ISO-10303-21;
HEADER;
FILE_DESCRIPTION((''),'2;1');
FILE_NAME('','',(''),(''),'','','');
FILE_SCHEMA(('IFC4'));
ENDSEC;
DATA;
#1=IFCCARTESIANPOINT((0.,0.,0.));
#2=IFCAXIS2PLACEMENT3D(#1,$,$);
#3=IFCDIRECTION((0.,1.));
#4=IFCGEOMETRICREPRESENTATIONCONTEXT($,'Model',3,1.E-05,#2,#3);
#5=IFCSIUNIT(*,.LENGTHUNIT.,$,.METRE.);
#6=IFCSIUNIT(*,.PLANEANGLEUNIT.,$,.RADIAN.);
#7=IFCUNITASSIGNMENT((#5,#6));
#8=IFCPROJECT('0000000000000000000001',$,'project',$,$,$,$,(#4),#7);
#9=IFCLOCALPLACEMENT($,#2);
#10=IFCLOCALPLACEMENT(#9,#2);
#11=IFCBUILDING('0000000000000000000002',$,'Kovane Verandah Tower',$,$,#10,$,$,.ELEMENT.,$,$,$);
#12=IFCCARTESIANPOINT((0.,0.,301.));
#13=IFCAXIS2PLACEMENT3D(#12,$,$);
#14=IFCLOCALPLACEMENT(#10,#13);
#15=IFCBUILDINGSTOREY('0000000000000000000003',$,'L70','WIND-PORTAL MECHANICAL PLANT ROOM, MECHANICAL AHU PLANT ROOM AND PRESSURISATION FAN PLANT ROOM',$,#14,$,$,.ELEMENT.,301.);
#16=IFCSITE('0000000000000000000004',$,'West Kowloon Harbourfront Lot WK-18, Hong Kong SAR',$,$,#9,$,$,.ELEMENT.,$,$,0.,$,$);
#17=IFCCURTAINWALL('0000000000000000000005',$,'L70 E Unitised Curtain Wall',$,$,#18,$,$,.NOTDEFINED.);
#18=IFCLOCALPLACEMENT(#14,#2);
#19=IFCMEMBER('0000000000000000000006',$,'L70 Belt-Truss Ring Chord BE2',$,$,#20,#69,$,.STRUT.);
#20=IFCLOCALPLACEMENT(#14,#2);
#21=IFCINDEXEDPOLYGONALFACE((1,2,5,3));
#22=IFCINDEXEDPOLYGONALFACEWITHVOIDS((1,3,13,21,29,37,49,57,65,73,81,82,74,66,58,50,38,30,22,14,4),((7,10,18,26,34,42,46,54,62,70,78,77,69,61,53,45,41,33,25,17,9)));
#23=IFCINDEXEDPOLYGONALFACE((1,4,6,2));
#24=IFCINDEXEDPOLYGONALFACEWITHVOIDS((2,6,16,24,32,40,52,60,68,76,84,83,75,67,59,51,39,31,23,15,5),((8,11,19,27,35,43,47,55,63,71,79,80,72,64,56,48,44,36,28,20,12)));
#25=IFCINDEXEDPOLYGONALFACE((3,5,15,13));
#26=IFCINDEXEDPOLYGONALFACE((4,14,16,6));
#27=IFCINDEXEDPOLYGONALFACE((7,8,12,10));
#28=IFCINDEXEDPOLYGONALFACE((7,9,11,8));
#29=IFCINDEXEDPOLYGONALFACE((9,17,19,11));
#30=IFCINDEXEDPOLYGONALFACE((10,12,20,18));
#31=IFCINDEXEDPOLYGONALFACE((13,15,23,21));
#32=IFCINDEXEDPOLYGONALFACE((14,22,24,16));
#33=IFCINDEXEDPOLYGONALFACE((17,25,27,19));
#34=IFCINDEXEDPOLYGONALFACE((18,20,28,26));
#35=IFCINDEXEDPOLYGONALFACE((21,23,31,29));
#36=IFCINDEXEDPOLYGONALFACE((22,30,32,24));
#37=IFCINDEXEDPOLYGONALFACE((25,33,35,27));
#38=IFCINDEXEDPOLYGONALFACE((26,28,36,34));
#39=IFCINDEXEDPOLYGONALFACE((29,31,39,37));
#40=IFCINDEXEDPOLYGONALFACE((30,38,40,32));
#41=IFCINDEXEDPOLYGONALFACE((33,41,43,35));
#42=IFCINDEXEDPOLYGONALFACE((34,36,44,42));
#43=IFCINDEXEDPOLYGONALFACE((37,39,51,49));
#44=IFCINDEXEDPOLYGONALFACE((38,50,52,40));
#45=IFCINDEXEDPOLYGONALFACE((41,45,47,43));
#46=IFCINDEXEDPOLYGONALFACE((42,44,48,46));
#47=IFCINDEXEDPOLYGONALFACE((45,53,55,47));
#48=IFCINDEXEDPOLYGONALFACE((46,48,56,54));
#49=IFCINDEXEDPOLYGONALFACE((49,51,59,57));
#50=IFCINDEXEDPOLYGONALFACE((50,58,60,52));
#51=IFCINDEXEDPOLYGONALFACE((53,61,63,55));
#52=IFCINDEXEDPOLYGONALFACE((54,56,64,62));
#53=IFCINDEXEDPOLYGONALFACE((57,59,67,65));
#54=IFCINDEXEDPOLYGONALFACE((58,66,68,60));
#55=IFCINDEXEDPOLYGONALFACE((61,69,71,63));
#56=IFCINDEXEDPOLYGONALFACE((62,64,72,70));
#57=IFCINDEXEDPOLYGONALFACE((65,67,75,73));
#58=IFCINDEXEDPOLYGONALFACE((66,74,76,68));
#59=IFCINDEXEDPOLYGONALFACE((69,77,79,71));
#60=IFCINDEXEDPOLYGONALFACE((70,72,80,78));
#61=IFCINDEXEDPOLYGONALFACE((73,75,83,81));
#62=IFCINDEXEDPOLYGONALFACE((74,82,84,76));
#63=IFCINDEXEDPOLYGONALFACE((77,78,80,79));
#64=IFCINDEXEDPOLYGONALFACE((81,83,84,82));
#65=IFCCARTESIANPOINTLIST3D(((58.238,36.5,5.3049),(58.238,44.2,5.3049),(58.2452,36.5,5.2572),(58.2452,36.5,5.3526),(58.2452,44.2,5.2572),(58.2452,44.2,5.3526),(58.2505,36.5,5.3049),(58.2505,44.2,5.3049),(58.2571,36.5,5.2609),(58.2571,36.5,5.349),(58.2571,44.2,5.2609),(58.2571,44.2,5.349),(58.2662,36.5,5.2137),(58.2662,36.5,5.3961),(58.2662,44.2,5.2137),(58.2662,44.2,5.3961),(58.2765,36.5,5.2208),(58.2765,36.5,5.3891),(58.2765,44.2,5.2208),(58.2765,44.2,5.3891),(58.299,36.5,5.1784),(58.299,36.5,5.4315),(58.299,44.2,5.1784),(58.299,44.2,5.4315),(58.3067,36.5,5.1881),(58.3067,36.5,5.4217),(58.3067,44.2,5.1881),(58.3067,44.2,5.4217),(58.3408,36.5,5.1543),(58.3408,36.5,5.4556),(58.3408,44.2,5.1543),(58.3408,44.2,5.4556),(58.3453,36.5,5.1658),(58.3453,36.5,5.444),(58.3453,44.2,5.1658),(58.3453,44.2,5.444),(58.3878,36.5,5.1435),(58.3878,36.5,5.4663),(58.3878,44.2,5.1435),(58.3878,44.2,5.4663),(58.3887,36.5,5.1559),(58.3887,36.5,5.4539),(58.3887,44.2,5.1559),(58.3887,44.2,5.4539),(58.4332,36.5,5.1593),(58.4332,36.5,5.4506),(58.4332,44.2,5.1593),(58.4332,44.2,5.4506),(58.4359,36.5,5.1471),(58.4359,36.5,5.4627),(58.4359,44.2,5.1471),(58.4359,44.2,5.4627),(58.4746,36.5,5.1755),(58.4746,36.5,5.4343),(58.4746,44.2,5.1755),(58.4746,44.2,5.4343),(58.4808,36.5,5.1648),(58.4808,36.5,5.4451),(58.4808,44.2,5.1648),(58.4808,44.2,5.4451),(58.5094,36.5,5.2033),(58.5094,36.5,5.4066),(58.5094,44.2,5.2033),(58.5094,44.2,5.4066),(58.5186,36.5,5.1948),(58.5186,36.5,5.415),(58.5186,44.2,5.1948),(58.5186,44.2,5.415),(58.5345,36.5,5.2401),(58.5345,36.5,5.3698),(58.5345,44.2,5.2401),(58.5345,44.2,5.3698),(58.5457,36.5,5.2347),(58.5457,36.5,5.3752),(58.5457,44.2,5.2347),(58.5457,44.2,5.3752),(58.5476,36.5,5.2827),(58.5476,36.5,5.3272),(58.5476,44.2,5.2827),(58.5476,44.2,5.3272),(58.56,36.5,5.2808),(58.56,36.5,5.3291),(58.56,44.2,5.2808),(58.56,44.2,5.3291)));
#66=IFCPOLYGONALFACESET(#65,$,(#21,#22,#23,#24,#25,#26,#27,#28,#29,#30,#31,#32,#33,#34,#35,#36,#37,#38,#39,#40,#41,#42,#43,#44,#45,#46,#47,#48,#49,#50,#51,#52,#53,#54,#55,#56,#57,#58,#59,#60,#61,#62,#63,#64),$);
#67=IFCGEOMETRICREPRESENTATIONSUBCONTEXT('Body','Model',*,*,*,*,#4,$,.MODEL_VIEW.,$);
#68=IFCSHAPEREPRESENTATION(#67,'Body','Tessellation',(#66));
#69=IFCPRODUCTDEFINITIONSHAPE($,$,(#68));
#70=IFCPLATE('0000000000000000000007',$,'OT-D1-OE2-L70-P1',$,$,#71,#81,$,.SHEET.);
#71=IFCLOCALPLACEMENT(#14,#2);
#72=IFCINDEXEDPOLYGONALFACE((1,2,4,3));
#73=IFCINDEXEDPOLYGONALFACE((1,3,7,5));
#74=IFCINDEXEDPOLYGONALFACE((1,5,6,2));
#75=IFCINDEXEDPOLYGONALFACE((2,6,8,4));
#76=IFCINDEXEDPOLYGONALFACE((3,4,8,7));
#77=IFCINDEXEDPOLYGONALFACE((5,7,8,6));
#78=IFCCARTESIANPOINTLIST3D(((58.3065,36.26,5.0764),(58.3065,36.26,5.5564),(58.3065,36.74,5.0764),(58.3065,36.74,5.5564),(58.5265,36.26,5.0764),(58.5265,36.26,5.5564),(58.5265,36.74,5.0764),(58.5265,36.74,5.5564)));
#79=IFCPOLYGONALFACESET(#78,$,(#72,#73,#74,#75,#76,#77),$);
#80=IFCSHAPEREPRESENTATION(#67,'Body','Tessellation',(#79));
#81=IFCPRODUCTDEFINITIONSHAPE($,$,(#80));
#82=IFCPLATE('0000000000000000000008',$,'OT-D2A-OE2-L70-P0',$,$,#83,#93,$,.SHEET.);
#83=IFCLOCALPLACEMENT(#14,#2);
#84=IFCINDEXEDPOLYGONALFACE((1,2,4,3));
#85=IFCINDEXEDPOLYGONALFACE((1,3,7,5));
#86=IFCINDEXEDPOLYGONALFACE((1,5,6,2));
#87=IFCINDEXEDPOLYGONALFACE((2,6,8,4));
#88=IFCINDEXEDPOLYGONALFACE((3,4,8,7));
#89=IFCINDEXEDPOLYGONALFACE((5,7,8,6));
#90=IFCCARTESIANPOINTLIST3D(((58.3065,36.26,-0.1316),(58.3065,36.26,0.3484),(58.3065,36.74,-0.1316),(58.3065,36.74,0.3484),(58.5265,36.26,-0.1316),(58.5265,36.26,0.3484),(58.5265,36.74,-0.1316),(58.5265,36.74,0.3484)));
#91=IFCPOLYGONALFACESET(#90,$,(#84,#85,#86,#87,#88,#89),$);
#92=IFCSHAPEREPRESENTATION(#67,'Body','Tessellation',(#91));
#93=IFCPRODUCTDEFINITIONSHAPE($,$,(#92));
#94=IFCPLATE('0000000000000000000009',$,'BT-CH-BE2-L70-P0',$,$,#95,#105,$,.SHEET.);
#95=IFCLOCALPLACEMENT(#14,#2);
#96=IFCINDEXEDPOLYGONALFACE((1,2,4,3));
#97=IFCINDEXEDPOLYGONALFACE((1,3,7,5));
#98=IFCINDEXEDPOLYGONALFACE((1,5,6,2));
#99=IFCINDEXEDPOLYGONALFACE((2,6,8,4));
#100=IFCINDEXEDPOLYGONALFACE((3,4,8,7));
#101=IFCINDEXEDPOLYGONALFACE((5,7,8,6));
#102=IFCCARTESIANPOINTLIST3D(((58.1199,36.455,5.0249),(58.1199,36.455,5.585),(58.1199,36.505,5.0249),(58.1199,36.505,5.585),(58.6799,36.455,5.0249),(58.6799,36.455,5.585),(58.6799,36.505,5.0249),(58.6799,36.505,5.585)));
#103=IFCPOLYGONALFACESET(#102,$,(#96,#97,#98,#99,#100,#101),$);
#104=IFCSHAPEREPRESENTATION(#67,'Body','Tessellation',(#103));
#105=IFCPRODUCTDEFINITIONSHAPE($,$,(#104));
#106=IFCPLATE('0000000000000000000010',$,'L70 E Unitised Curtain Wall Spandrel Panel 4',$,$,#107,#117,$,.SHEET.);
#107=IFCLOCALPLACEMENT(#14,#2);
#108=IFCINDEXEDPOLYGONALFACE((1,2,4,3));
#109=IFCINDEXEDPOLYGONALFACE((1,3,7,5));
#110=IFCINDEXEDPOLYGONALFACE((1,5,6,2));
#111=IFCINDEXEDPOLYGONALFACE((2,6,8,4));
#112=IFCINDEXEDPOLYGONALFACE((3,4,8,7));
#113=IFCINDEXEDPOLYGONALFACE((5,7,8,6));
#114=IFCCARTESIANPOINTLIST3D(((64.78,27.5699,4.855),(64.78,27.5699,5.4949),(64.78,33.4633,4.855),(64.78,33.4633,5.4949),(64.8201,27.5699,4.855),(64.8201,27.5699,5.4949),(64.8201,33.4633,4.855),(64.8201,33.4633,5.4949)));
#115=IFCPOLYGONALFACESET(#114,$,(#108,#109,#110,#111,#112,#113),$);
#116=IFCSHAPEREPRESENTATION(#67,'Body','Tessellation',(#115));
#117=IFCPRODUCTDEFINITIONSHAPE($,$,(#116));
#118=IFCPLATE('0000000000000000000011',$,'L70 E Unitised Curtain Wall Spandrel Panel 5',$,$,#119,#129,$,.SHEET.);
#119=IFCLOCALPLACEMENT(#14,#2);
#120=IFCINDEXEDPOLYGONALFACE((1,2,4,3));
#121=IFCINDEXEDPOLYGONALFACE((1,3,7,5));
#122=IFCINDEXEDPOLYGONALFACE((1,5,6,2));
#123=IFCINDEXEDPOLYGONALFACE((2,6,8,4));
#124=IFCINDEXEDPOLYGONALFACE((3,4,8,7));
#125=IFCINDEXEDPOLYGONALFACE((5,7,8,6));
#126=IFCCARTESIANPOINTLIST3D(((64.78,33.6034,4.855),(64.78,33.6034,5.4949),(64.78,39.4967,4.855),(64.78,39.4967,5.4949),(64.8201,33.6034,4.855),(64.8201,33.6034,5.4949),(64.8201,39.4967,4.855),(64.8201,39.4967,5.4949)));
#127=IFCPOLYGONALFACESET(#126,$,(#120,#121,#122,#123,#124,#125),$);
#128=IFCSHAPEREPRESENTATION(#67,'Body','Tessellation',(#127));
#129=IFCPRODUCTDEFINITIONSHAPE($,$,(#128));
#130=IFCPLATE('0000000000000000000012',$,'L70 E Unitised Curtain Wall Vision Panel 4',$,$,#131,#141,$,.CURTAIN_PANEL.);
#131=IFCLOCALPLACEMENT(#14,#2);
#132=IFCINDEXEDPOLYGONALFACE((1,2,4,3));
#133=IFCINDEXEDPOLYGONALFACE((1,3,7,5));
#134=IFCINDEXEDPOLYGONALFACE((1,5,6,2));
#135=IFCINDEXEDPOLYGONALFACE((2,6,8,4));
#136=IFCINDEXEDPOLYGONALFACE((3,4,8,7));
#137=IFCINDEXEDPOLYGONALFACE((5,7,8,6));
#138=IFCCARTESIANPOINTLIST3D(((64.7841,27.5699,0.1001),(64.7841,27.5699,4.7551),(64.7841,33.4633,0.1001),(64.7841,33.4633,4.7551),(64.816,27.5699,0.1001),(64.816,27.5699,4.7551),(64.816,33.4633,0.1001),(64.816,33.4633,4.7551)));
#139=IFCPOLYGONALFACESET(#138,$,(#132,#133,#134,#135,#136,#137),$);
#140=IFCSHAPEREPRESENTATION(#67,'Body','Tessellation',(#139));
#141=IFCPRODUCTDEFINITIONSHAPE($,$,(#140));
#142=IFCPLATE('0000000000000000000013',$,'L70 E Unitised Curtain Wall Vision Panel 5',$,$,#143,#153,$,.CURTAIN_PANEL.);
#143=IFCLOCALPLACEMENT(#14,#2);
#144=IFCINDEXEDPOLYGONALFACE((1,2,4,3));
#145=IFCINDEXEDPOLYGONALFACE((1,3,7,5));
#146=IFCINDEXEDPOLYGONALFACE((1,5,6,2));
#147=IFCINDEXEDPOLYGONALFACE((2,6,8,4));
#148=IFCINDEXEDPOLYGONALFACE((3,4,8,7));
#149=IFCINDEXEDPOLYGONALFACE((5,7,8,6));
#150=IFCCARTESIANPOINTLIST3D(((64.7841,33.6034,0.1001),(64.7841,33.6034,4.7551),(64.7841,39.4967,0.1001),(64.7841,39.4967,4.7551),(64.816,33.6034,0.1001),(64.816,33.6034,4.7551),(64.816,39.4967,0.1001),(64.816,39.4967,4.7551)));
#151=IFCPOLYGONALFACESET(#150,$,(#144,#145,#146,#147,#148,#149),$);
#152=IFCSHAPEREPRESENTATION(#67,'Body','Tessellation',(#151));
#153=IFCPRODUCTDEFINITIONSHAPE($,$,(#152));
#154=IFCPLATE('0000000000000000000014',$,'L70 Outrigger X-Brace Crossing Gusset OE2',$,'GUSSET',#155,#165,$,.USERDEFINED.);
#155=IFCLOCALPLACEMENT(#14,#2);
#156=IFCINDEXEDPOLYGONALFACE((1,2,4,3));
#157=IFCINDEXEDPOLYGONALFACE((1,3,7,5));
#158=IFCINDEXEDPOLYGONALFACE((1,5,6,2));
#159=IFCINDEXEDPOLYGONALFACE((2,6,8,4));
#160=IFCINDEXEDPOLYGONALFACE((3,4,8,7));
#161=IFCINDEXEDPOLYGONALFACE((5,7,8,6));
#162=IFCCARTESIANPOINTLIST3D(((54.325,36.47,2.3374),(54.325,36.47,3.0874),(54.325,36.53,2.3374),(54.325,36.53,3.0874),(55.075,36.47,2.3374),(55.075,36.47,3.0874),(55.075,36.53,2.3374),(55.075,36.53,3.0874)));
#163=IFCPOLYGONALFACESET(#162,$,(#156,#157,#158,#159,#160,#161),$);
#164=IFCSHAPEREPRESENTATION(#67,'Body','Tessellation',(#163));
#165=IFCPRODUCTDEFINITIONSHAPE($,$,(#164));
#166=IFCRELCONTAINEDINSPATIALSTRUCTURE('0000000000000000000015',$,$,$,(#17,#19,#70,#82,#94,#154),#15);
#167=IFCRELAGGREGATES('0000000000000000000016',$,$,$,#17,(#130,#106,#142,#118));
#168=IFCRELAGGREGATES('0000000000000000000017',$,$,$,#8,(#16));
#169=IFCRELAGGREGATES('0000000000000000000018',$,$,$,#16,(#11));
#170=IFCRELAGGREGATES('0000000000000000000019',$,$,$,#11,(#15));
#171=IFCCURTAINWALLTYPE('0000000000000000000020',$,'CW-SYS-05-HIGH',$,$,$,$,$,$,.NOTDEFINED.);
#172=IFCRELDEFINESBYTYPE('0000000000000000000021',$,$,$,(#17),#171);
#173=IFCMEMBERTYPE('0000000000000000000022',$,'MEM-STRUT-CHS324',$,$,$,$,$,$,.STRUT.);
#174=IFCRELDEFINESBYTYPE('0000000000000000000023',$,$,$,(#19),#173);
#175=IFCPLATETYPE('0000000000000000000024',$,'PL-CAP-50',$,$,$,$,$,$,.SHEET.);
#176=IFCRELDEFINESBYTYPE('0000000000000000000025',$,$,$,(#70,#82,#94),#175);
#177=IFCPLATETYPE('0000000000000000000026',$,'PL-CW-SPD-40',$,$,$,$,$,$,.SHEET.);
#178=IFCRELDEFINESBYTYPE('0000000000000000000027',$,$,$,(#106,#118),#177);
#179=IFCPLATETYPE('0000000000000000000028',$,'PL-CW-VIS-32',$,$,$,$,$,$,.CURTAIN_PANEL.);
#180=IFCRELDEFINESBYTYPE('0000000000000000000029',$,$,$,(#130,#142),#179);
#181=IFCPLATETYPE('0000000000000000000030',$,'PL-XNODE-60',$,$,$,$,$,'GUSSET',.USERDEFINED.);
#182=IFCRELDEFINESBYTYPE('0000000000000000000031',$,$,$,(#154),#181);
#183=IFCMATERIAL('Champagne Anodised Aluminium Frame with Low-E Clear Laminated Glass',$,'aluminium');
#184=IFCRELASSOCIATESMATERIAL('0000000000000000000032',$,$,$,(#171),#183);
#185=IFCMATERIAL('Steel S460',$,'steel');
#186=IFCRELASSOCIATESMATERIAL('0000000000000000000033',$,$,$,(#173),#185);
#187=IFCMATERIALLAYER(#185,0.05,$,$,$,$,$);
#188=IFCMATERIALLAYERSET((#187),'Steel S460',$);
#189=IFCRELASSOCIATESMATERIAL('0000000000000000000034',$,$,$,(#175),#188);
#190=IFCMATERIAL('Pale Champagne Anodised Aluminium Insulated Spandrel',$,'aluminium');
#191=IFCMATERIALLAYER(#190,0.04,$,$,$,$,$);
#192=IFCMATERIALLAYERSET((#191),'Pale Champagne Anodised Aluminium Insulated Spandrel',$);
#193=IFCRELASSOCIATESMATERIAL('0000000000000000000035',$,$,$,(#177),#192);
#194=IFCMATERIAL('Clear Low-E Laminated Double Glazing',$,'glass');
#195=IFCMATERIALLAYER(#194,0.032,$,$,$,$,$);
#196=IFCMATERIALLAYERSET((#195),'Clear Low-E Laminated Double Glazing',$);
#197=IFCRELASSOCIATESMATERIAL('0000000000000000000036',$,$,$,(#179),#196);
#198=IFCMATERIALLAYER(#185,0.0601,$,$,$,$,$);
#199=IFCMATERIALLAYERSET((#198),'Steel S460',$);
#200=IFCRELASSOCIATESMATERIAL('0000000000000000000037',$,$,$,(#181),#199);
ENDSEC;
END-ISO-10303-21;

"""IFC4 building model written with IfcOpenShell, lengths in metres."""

from ifc_helpers import new_model, si_unit, direction, frame, origin, origin_2d, place, context, subcontext, project, spatial, rectangle, hollow_circle, extrude, material, layer, layer_set, material_profile, profile_set, type_object, element, aggregate, save


model = new_model("IFC4")

# Units and contexts
model_context = context("Model", 3, precision=1e-05, world=origin(), true_north=direction((0.0, 1.0)))
body_context = subcontext(model_context, "Body", "Model", "MODEL_VIEW")
ifc_project = project(units=[si_unit("LENGTHUNIT", "METRE"), si_unit("PLANEANGLEUNIT", "RADIAN")], contexts=[model_context])

# Site, building, storey
site_placement = place(None, origin())
site = spatial("IfcSite", under=ifc_project, at=site_placement, Name="West Kowloon Harbourfront Lot WK-18, Hong Kong SAR", CompositionType="ELEMENT", RefElevation=0.0)
building_placement = place(site_placement, origin())
building = spatial("IfcBuilding", under=site, at=building_placement, Name="Kovane Verandah Tower", CompositionType="ELEMENT")
storey_placement = place(building_placement, frame((0.0, 0.0, 301.0)))
storey = spatial("IfcBuildingStorey", under=building, at=storey_placement, Name="L70", Description="WIND-PORTAL MECHANICAL PLANT ROOM, MECHANICAL AHU PLANT ROOM AND PRESSURISATION FAN PLANT ROOM", CompositionType="ELEMENT", Elevation=301.0)

# Shared definitions
ifc_material_1 = material(Name="Steel S460", Category="steel")

# Curtain wall
ifc_material_2 = material(Name="Champagne Anodised Aluminium Frame with Low-E Clear Laminated Glass", Category="aluminium")
curtain_wall_type = type_object("IfcCurtainWallType", Name="CW-SYS-05-HIGH", PredefinedType="NOTDEFINED", material=ifc_material_2)
curtain_wall_placement = place(storey_placement, origin())
curtain_wall = element("IfcCurtainWall", 1, at=curtain_wall_placement, inside=storey, type_object=curtain_wall_type, Name="L70 E Unitised Curtain Wall", PredefinedType="NOTDEFINED")

# Member
ifc_material_profile_1 = material_profile(ifc_material_1, hollow_circle(Radius=0.1619, WallThickness=0.0125, at=origin_2d()), Name="CHS323.9x12.5")
ifc_profile_set_1 = profile_set([ifc_material_profile_1], Name="Steel S460")
member_type_1 = type_object("IfcMemberType", Name="MEM-STRUT-CHS324", PredefinedType="STRUT", material=ifc_profile_set_1)
member_1_placement = place(storey_placement, frame((58.3999, 36.5, 5.3049), z_axis=(0.0, 1.0, 0.0), x_axis=(-1.0, 0.0, 0.0)))
element("IfcMember", 2, at=member_1_placement, inside=storey, type_object=member_type_1, Name="L70 Belt-Truss Ring Chord BE2", PredefinedType="STRUT", context=body_context, shape_type="SweptSolid", body=[
    extrude(hollow_circle(Radius=0.1619, WallThickness=0.0125, at=origin_2d()), origin(), (0.0, 0.0, 1.0), 7.7),
])

# Plates
ifc_layer_1 = layer(ifc_material_1, 0.05)
ifc_layer_set_1 = layer_set([ifc_layer_1], Name="Steel S460")
plate_type_1 = type_object("IfcPlateType", Name="PL-CAP-50", PredefinedType="SHEET", material=ifc_layer_set_1)
for number, where, z_axis, x_axis, name in (
    (3, (58.4165, 36.5, 5.0764), (0.0, 0.0, 1.0), (1.0, 0.0, 0.0), "OT-D1-OE2-L70-P1"),
    (4, (58.4165, 36.5, -0.1316), (0.0, 0.0, 1.0), (-1.0, 0.0, 0.0), "OT-D2A-OE2-L70-P0"),
):
    element("IfcPlate", number, at=place(storey_placement, frame(where, z_axis=z_axis, x_axis=x_axis)), inside=storey, type_object=plate_type_1, Name=name, PredefinedType="SHEET", context=body_context, shape_type="SweptSolid", body=[
        extrude(rectangle(XDim=0.22, YDim=0.48, at=origin_2d()), origin(), (0.0, 0.0, 1.0), 0.48),
    ])
plate_1_placement = place(storey_placement, frame((58.3999, 36.48, 5.0249), z_axis=(0.0, 0.0, 1.0), x_axis=(0.0, 1.0, 0.0)))
element("IfcPlate", 5, at=plate_1_placement, inside=storey, type_object=plate_type_1, Name="BT-CH-BE2-L70-P0", PredefinedType="SHEET", context=body_context, shape_type="SweptSolid", body=[
    extrude(rectangle(XDim=0.05, YDim=0.5601, at=origin_2d()), origin(), (0.0, 0.0, 1.0), 0.5601),
])

# Plates
ifc_material_3 = material(Name="Pale Champagne Anodised Aluminium Insulated Spandrel", Category="aluminium")
ifc_layer_2 = layer(ifc_material_3, 0.04)
ifc_layer_set_2 = layer_set([ifc_layer_2], Name="Pale Champagne Anodised Aluminium Insulated Spandrel")
plate_type_2 = type_object("IfcPlateType", Name="PL-CW-SPD-40", PredefinedType="SHEET", material=ifc_layer_set_2)
plate_2_placement = place(storey_placement, frame((64.8, 30.5166, 4.855), z_axis=(0.0, 0.0, 1.0), x_axis=(0.0, 1.0, 0.0)))
plate_2 = element("IfcPlate", 6, at=plate_2_placement, type_object=plate_type_2, Name="L70 E Unitised Curtain Wall Spandrel Panel 4", PredefinedType="SHEET", context=body_context, shape_type="SweptSolid", body=[
    extrude(rectangle(XDim=5.8933, YDim=0.04, at=origin_2d()), origin(), (0.0, 0.0, 1.0), 0.6399),
])
plate_3_placement = place(storey_placement, frame((64.8, 36.55, 4.855), z_axis=(0.0, 0.0, 1.0), x_axis=(0.0, 1.0, 0.0)))
plate_3 = element("IfcPlate", 7, at=plate_3_placement, type_object=plate_type_2, Name="L70 E Unitised Curtain Wall Spandrel Panel 5", PredefinedType="SHEET", context=body_context, shape_type="SweptSolid", body=[
    extrude(rectangle(XDim=5.8933, YDim=0.04, at=origin_2d()), origin(), (0.0, 0.0, 1.0), 0.6399),
])
ifc_material_4 = material(Name="Clear Low-E Laminated Double Glazing", Category="glass")
ifc_layer_3 = layer(ifc_material_4, 0.032)
ifc_layer_set_3 = layer_set([ifc_layer_3], Name="Clear Low-E Laminated Double Glazing")
plate_type_3 = type_object("IfcPlateType", Name="PL-CW-VIS-32", PredefinedType="CURTAIN_PANEL", material=ifc_layer_set_3)
plate_4_placement = place(storey_placement, frame((64.8, 30.5166, 0.1001), z_axis=(0.0, 0.0, 1.0), x_axis=(0.0, 1.0, 0.0)))
plate_4 = element("IfcPlate", 8, at=plate_4_placement, type_object=plate_type_3, Name="L70 E Unitised Curtain Wall Vision Panel 4", PredefinedType="CURTAIN_PANEL", context=body_context, shape_type="SweptSolid", body=[
    extrude(rectangle(XDim=5.8933, YDim=0.032, at=origin_2d()), origin(), (0.0, 0.0, 1.0), 4.655),
])
plate_5_placement = place(storey_placement, frame((64.8, 36.55, 0.1001), z_axis=(0.0, 0.0, 1.0), x_axis=(0.0, 1.0, 0.0)))
plate_5 = element("IfcPlate", 9, at=plate_5_placement, type_object=plate_type_3, Name="L70 E Unitised Curtain Wall Vision Panel 5", PredefinedType="CURTAIN_PANEL", context=body_context, shape_type="SweptSolid", body=[
    extrude(rectangle(XDim=5.8933, YDim=0.032, at=origin_2d()), origin(), (0.0, 0.0, 1.0), 4.655),
])
aggregate(curtain_wall, [plate_4, plate_2, plate_5, plate_3])
ifc_layer_4 = layer(ifc_material_1, 0.0601)
ifc_layer_set_4 = layer_set([ifc_layer_4], Name="Steel S460")
plate_type_4 = type_object("IfcPlateType", Name="PL-XNODE-60", ElementType="GUSSET", PredefinedType="USERDEFINED", material=ifc_layer_set_4)
plate_6_placement = place(storey_placement, frame((54.7, 36.5, 2.3374), z_axis=(0.0, 0.0, 1.0), x_axis=(1.0, 0.0, 0.0)))
element("IfcPlate", 10, at=plate_6_placement, inside=storey, type_object=plate_type_4, Name="L70 Outrigger X-Brace Crossing Gusset OE2", ObjectType="GUSSET", PredefinedType="USERDEFINED", context=body_context, shape_type="SweptSolid", body=[
    extrude(rectangle(XDim=0.75, YDim=0.0601, at=origin_2d()), origin(), (0.0, 0.0, 1.0), 0.75),
])

save(model, "model.ifc")
